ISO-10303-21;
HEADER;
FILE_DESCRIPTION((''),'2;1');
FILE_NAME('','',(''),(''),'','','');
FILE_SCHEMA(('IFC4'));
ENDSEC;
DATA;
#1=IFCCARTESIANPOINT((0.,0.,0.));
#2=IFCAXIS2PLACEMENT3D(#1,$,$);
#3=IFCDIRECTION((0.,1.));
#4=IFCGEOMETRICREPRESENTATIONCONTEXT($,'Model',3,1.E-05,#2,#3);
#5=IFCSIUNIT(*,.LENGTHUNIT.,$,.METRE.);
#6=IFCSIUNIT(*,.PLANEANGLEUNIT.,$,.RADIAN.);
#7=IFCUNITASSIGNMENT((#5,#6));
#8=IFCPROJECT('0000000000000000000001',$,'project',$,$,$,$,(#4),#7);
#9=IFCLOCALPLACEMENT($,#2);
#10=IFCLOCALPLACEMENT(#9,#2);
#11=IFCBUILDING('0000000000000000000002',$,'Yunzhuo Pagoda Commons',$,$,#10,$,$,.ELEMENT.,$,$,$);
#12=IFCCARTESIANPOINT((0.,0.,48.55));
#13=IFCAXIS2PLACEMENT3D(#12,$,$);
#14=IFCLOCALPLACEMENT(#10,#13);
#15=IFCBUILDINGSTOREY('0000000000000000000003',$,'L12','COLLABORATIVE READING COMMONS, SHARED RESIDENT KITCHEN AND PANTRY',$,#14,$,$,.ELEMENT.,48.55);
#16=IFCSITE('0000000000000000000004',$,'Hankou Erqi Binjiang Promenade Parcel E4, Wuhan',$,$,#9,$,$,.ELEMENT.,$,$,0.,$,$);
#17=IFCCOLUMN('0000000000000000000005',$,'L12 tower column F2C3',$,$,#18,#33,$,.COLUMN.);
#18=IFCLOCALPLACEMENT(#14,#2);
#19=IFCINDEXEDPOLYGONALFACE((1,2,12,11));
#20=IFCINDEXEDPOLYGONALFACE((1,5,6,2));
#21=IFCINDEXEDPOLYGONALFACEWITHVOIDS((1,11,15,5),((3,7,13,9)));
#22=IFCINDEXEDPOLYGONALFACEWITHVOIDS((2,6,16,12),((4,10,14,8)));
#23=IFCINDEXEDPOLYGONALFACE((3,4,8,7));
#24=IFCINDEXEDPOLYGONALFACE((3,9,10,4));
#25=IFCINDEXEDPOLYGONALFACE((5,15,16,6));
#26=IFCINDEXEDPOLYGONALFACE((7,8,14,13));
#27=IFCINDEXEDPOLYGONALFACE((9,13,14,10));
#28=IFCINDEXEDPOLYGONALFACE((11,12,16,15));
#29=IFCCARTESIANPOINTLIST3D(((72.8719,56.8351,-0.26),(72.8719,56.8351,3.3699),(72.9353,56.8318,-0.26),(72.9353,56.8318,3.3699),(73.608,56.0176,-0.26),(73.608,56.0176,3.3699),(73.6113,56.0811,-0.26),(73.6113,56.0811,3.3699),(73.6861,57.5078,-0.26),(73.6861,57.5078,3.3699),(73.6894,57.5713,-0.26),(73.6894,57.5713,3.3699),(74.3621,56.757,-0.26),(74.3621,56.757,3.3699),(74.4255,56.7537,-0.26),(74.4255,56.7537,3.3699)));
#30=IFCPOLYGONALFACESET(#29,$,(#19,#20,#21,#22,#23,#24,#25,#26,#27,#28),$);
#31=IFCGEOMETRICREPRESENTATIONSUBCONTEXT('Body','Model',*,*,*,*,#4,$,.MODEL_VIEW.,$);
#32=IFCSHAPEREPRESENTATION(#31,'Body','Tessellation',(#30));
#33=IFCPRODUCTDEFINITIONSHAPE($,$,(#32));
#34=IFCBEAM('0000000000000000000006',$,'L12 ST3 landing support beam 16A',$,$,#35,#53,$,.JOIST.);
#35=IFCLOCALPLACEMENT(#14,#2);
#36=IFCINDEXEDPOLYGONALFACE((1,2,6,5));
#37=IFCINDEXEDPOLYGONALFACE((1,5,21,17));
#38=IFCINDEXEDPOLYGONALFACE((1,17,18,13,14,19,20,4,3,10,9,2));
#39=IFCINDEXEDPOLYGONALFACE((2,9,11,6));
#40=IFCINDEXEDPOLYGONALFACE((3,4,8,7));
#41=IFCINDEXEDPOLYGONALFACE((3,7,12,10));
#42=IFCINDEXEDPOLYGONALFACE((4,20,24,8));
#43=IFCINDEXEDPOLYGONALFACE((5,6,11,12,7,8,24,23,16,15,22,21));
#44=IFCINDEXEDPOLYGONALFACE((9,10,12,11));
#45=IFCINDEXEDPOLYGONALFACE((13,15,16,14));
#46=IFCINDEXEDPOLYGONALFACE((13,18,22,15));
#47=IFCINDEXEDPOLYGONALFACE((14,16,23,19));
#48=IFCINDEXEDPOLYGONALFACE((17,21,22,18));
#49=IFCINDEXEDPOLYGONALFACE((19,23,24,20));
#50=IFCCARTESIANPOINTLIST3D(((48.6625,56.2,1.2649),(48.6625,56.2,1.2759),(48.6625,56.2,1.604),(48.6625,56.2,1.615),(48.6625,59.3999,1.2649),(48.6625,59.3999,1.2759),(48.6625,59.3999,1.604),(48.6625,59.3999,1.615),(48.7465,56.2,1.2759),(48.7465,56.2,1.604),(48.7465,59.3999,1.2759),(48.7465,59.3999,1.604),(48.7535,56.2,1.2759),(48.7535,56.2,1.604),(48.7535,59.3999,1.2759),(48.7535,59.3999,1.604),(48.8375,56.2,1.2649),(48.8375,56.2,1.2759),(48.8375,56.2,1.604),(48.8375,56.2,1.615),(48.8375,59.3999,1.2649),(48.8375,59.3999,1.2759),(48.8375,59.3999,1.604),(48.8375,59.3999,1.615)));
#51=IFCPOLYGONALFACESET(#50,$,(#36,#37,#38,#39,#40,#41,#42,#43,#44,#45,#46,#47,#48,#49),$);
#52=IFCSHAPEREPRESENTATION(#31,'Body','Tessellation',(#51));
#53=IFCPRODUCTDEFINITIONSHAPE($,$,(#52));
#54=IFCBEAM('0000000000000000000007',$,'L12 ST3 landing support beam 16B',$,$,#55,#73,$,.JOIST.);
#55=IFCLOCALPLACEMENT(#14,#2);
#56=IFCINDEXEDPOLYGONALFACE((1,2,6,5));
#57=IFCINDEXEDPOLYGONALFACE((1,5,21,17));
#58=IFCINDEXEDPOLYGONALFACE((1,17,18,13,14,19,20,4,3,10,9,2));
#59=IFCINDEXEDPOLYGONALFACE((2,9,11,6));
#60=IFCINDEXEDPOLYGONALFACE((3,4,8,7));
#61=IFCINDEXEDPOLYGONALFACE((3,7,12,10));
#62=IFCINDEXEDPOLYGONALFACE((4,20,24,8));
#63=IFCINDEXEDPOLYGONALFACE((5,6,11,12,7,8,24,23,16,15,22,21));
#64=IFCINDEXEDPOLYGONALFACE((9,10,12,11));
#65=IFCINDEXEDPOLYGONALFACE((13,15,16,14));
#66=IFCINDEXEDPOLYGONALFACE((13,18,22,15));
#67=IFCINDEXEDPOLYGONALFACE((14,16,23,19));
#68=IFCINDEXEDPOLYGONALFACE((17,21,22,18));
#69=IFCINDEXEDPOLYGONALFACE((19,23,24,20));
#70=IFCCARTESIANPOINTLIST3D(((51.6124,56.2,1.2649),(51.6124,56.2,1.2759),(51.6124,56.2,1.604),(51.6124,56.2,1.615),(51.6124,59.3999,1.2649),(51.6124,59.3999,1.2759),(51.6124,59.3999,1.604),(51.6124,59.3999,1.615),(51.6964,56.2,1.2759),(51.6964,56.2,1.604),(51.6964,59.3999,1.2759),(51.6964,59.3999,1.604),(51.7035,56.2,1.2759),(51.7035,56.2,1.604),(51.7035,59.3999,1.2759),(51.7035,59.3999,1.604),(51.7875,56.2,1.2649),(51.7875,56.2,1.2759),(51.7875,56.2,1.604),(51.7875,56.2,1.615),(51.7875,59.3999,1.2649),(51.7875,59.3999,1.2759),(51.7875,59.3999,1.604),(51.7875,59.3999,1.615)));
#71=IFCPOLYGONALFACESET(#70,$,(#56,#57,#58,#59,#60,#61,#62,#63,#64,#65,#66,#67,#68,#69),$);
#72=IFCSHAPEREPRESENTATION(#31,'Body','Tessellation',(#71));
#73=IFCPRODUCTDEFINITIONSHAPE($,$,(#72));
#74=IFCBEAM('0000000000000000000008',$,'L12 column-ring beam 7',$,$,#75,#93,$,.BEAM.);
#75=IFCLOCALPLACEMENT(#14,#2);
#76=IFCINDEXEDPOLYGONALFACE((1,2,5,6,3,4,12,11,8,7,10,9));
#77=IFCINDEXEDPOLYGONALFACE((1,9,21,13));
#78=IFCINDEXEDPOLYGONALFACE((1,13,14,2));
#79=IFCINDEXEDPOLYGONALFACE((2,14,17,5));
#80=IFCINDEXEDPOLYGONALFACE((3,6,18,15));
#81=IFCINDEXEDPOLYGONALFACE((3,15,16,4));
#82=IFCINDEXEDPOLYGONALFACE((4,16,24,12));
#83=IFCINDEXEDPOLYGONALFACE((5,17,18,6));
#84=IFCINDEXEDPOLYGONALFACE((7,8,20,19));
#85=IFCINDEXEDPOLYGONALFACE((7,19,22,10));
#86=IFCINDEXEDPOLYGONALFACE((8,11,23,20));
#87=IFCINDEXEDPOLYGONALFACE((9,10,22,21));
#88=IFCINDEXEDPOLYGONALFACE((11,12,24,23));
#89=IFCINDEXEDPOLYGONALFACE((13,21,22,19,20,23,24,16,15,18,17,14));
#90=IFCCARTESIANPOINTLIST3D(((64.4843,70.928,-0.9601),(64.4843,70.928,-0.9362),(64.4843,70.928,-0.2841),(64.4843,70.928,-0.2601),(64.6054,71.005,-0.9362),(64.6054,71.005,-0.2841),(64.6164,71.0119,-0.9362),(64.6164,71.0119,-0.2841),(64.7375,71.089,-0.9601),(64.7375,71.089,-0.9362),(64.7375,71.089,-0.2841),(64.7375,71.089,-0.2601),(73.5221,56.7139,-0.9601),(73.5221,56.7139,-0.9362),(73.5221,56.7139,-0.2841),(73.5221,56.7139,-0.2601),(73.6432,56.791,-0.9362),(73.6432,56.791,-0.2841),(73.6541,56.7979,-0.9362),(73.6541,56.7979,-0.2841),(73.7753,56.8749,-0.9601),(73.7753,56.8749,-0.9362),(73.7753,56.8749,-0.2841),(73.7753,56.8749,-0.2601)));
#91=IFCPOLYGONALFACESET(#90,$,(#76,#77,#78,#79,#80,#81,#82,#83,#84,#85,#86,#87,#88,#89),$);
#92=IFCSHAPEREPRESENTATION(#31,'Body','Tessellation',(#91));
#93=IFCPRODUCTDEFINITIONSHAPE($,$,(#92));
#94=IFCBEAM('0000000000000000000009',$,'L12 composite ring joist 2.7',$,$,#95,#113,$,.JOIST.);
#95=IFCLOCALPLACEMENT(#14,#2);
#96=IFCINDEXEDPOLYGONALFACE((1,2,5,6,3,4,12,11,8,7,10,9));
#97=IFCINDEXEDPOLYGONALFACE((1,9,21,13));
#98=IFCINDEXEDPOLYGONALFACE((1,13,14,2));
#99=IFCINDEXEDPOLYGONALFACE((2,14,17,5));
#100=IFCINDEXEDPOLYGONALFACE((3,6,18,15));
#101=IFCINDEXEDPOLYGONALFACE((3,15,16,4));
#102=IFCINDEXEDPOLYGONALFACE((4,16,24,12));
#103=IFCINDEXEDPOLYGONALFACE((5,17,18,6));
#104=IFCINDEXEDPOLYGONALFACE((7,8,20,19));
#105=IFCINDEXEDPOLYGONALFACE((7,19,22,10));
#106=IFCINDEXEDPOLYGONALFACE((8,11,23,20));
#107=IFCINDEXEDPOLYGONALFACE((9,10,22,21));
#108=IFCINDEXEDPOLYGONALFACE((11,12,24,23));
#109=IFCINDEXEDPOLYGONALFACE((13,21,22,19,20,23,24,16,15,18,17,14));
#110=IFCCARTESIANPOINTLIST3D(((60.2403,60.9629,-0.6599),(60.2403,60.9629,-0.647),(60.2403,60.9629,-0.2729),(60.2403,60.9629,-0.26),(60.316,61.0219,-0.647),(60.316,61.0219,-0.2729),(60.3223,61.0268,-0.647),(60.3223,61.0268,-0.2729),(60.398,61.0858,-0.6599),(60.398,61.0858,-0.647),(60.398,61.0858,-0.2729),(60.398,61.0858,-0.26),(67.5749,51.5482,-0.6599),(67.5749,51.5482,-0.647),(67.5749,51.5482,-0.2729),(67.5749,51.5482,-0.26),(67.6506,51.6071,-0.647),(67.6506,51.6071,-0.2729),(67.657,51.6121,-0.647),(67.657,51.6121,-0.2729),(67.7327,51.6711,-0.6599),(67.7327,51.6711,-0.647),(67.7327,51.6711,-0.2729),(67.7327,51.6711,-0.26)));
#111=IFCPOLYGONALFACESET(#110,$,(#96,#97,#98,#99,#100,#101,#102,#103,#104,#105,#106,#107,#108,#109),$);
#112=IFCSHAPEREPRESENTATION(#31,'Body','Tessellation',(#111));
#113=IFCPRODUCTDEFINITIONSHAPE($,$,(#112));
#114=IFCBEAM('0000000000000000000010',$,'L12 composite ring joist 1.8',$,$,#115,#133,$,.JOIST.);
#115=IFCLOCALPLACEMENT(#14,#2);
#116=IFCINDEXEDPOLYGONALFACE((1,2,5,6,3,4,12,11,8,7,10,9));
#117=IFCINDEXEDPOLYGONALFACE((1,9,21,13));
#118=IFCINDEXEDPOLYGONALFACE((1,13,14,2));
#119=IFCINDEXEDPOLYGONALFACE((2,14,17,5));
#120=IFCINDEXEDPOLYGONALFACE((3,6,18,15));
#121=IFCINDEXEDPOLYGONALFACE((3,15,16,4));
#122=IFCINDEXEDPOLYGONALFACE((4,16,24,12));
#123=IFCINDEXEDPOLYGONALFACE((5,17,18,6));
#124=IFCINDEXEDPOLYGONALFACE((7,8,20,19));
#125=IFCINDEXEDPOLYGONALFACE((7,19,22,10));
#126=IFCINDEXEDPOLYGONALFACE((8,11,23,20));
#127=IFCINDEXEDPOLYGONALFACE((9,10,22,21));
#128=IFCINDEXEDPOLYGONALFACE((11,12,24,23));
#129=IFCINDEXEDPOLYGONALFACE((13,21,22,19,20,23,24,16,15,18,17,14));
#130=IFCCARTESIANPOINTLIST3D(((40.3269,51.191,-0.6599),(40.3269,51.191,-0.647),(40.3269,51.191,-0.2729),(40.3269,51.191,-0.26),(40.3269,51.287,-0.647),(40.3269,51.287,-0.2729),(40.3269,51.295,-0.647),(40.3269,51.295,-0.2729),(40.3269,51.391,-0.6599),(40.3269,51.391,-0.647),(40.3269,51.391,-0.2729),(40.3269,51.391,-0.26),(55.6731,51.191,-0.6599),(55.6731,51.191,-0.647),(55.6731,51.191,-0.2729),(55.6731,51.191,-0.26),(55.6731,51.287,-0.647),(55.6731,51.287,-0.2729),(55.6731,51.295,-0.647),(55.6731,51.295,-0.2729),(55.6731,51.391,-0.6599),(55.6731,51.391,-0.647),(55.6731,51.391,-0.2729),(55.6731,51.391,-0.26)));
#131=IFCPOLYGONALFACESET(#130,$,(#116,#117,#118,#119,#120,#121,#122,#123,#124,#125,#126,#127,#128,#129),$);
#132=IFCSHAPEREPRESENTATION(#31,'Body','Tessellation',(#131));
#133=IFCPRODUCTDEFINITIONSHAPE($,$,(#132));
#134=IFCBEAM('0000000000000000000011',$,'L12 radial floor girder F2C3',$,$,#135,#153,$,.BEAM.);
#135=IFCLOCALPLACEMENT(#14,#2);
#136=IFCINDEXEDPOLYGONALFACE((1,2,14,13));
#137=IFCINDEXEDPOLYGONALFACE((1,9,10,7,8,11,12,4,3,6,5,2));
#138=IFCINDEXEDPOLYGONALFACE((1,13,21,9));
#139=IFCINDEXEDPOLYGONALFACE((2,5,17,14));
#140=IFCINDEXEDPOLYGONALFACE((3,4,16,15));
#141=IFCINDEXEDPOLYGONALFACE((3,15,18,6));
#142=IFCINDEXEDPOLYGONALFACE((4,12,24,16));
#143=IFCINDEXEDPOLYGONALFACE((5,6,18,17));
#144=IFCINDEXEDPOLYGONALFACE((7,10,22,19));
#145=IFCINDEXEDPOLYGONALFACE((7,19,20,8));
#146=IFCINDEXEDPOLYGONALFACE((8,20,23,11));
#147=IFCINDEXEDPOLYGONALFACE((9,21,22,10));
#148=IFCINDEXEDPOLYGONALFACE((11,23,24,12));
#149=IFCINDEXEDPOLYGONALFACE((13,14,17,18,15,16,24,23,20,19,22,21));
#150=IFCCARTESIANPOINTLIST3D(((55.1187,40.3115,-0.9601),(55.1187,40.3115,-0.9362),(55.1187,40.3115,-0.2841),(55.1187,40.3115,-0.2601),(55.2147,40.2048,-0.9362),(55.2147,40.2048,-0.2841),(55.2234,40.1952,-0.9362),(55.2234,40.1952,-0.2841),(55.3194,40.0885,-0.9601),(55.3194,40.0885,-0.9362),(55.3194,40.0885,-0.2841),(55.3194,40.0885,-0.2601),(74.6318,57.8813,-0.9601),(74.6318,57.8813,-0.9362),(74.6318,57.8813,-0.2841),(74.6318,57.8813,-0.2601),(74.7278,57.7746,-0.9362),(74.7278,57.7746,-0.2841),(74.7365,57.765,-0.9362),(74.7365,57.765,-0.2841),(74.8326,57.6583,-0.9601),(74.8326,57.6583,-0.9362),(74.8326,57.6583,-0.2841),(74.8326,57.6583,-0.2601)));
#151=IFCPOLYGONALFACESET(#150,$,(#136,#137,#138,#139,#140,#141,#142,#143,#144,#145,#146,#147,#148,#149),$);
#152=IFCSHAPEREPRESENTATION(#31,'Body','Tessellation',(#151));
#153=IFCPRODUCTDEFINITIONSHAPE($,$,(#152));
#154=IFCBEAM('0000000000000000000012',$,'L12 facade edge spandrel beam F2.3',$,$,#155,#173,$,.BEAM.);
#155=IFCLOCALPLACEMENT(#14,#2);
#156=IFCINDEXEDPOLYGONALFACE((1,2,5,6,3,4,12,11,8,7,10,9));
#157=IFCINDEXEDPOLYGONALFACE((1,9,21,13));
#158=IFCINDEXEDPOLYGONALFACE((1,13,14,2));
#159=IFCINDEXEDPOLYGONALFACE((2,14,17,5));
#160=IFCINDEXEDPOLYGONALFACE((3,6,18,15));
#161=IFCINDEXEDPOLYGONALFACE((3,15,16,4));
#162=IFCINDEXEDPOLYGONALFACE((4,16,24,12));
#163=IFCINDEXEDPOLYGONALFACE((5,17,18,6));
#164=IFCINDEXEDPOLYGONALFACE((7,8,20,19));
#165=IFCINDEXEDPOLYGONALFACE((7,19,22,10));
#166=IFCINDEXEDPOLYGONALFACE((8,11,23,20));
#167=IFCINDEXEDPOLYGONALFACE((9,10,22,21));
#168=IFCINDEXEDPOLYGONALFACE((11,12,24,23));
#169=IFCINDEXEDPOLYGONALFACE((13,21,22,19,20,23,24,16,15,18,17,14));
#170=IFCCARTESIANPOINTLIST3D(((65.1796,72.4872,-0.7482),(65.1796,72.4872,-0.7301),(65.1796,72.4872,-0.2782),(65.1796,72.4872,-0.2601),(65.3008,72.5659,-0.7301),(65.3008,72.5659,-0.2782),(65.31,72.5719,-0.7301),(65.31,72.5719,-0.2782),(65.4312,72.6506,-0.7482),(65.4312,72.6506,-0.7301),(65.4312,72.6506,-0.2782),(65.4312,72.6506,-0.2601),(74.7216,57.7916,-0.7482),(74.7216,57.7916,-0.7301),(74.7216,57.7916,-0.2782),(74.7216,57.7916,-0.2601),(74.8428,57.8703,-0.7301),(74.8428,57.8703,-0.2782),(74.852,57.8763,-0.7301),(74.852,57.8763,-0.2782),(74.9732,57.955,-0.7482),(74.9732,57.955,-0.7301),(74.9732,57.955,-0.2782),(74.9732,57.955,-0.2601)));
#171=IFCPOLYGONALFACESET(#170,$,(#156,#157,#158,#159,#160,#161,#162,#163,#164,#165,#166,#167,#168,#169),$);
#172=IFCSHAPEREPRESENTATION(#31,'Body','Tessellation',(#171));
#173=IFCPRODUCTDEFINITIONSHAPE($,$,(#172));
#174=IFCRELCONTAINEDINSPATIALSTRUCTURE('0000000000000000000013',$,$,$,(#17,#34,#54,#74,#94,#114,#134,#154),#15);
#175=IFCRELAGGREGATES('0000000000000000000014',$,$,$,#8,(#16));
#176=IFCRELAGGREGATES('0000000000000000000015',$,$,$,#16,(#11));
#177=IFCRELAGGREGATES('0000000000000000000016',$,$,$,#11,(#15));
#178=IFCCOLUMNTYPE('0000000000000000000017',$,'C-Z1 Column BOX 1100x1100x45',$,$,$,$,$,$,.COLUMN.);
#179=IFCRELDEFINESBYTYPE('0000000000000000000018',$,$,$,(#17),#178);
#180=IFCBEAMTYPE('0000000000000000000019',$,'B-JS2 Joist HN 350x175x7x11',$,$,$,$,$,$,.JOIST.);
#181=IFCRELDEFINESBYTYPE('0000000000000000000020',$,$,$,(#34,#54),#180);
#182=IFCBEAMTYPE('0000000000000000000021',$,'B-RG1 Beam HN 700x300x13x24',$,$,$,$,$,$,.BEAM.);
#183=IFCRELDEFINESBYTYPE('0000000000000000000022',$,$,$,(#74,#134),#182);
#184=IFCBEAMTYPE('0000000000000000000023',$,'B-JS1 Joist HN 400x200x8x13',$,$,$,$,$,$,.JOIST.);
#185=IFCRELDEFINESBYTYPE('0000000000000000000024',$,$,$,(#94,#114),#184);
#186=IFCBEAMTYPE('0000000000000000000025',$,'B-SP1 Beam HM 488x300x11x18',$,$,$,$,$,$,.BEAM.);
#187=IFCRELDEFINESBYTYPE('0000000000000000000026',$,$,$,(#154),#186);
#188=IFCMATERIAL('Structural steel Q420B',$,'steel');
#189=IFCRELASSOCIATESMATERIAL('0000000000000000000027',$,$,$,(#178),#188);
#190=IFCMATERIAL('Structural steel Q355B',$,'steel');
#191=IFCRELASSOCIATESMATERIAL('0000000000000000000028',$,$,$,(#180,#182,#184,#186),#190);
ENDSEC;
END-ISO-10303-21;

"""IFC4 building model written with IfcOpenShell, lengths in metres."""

from ifc_helpers import new_model, si_unit, direction, frame, origin, origin_2d, place, context, subcontext, project, spatial, hollow_rectangle, i_section, extrude, source, transform, mapped, material, material_profile, profile_set, type_object, element, save


model = new_model("IFC4")

# Units and contexts
model_context = context("Model", 3, precision=1e-05, world=origin(), true_north=direction((0.0, 1.0)))
body_context = subcontext(model_context, "Body", "Model", "MODEL_VIEW")
ifc_project = project(units=[si_unit("LENGTHUNIT", "METRE"), si_unit("PLANEANGLEUNIT", "RADIAN")], contexts=[model_context])

# Site, building, storey
site_placement = place(None, origin())
site = spatial("IfcSite", under=ifc_project, at=site_placement, Name="Hankou Erqi Binjiang Promenade Parcel E4, Wuhan", CompositionType="ELEMENT", RefElevation=0.0)
building_placement = place(site_placement, origin())
building = spatial("IfcBuilding", under=site, at=building_placement, Name="Yunzhuo Pagoda Commons", CompositionType="ELEMENT")
storey_placement = place(building_placement, frame((0.0, 0.0, 48.55)))
storey = spatial("IfcBuildingStorey", under=building, at=storey_placement, Name="L12", Description="COLLABORATIVE READING COMMONS, SHARED RESIDENT KITCHEN AND PANTRY", CompositionType="ELEMENT", Elevation=48.55)

# Column
ifc_material_1 = material(Name="Structural steel Q420B", Category="steel")
ifc_material_profile_1 = material_profile(ifc_material_1, hollow_rectangle(XDim=1.1001, YDim=1.1001, WallThickness=0.0449, at=origin_2d()), Name="Structural steel Q420B")
ifc_profile_set_1 = profile_set([ifc_material_profile_1], Name="Structural steel Q420B")
column_type = type_object("IfcColumnType", Name="C-Z1 Column BOX 1100x1100x45", PredefinedType="COLUMN", material=ifc_profile_set_1)
shared_shape_1 = source(origin(), body_context, "Body", "SweptSolid", [
    extrude(hollow_rectangle(XDim=1.1001, YDim=1.1001, WallThickness=0.0449, at=origin_2d()), origin(), (0.0, 0.0, 1.0), 3.6299),
])
column_placement = place(storey_placement, frame((73.6487, 56.7944, -0.26), z_axis=(0.0, 0.0, 1.0), x_axis=(-0.669131, 0.743145, 0.0)))
element("IfcColumn", 1, at=column_placement, inside=storey, type_object=column_type, Name="L12 tower column F2C3", PredefinedType="COLUMN", context=body_context, shape_type="MappedRepresentation", body=[
    mapped(shared_shape_1, transform((0.0, 0.0, 0.0), scale=1.0)),
])

# Beams
ifc_material_2 = material(Name="Structural steel Q355B", Category="steel")
ifc_material_profile_2 = material_profile(ifc_material_2, i_section(OverallWidth=0.175, OverallDepth=0.3501, WebThickness=0.0071, FlangeThickness=0.011, at=origin_2d()), Name="Structural steel Q355B")
ifc_profile_set_2 = profile_set([ifc_material_profile_2], Name="Structural steel Q355B")
beam_type_1 = type_object("IfcBeamType", Name="B-JS2 Joist HN 350x175x7x11", PredefinedType="JOIST", material=ifc_profile_set_2)
shared_shape_2 = source(origin(), body_context, "Body", "SweptSolid", [
    extrude(i_section(OverallWidth=0.175, OverallDepth=0.3501, WebThickness=0.0071, FlangeThickness=0.011, at=origin_2d()), origin(), (0.0, 0.0, 1.0), 3.2),
])
for number, where, z_axis, x_axis, name in (
    (2, (48.75, 56.2, 1.4399), (0.0, 1.0, 0.0), (-1.0, 0.0, 0.0), "L12 ST3 landing support beam 16A"),
    (3, (51.7, 56.2, 1.4399), (0.0, 1.0, 0.0), (-1.0, 0.0, 0.0), "L12 ST3 landing support beam 16B"),
):
    element("IfcBeam", number, at=place(storey_placement, frame(where, z_axis=z_axis, x_axis=x_axis)), inside=storey, type_object=beam_type_1, Name=name, PredefinedType="JOIST", context=body_context, shape_type="MappedRepresentation", body=[
        mapped(shared_shape_2, transform((0.0, 0.0, 0.0), scale=1.0)),
    ])
ifc_material_profile_3 = material_profile(ifc_material_2, i_section(OverallWidth=0.3, OverallDepth=0.7, WebThickness=0.0129, FlangeThickness=0.0239, at=origin_2d()), Name="Structural steel Q355B")
ifc_profile_set_3 = profile_set([ifc_material_profile_3], Name="Structural steel Q355B")
beam_type_2 = type_object("IfcBeamType", Name="B-RG1 Beam HN 700x300x13x24", PredefinedType="BEAM", material=ifc_profile_set_3)
shared_shape_3 = source(origin(), body_context, "Body", "SweptSolid", [
    extrude(i_section(OverallWidth=0.3, OverallDepth=0.7, WebThickness=0.0129, FlangeThickness=0.0239, at=origin_2d()), origin(), (0.0, 0.0, 1.0), 16.844),
])
beam_1_placement = place(storey_placement, frame((73.6487, 56.7944, -0.6101), z_axis=(-0.536558, 0.843863, 0.0), x_axis=(-0.843863, -0.536558, 0.0)))
element("IfcBeam", 4, at=beam_1_placement, inside=storey, type_object=beam_type_2, Name="L12 column-ring beam 7", PredefinedType="BEAM", context=body_context, shape_type="MappedRepresentation", body=[
    mapped(shared_shape_3, transform((0.0, 0.0, 0.0), scale=1.0)),
])
ifc_material_profile_4 = material_profile(ifc_material_2, i_section(OverallWidth=0.2, OverallDepth=0.3999, WebThickness=0.0081, FlangeThickness=0.0129, at=origin_2d()), Name="Structural steel Q355B")
ifc_profile_set_4 = profile_set([ifc_material_profile_4], Name="Structural steel Q355B")
beam_type_3 = type_object("IfcBeamType", Name="B-JS1 Joist HN 400x200x8x13", PredefinedType="JOIST", material=ifc_profile_set_4)
shared_shape_4 = source(origin(), body_context, "Body", "SweptSolid", [
    extrude(i_section(OverallWidth=0.2, OverallDepth=0.3999, WebThickness=0.0081, FlangeThickness=0.0129, at=origin_2d()), origin(), (0.0, 0.0, 1.0), 11.9346),
])
beam_2_placement = place(storey_placement, frame((67.6538, 51.6096, -0.46), z_axis=(-0.614572, 0.788861, 0.0), x_axis=(-0.788861, -0.614572, 0.0)))
element("IfcBeam", 5, at=beam_2_placement, inside=storey, type_object=beam_type_3, Name="L12 composite ring joist 2.7", PredefinedType="JOIST", context=body_context, shape_type="MappedRepresentation", body=[
    mapped(shared_shape_4, transform((0.0, 0.0, 0.0), scale=1.0)),
])
shared_shape_5 = source(origin(), body_context, "Body", "SweptSolid", [
    extrude(i_section(OverallWidth=0.2, OverallDepth=0.3999, WebThickness=0.0081, FlangeThickness=0.0129, at=origin_2d()), origin(), (0.0, 0.0, 1.0), 15.3462),
])
beam_3_placement = place(storey_placement, frame((55.6731, 51.291, -0.46), z_axis=(-1.0, 0.0, 0.0), x_axis=(0.0, -1.0, 0.0)))
element("IfcBeam", 6, at=beam_3_placement, inside=storey, type_object=beam_type_3, Name="L12 composite ring joist 1.8", PredefinedType="JOIST", context=body_context, shape_type="MappedRepresentation", body=[
    mapped(shared_shape_5, transform((0.0, 0.0, 0.0), scale=1.0)),
])
shared_shape_6 = source(origin(), body_context, "Body", "SweptSolid", [
    extrude(i_section(OverallWidth=0.3, OverallDepth=0.7, WebThickness=0.0129, FlangeThickness=0.0239, at=origin_2d()), origin(), (0.0, 0.0, 1.0), 26.2576),
])
beam_4_placement = place(storey_placement, frame((74.7322, 57.7698, -0.6101), z_axis=(-0.743143, -0.669132, 0.0), x_axis=(0.669132, -0.743143, 0.0)))
element("IfcBeam", 7, at=beam_4_placement, inside=storey, type_object=beam_type_2, Name="L12 radial floor girder F2C3", PredefinedType="BEAM", context=body_context, shape_type="MappedRepresentation", body=[
    mapped(shared_shape_6, transform((0.0, 0.0, 0.0), scale=1.0)),
])
ifc_material_profile_5 = material_profile(ifc_material_2, i_section(OverallWidth=0.3, OverallDepth=0.488, WebThickness=0.011, FlangeThickness=0.0181, at=origin_2d()), Name="Structural steel Q355B")
ifc_profile_set_5 = profile_set([ifc_material_profile_5], Name="Structural steel Q355B")
beam_type_4 = type_object("IfcBeamType", Name="B-SP1 Beam HM 488x300x11x18", PredefinedType="BEAM", material=ifc_profile_set_5)
shared_shape_7 = source(origin(), body_context, "Body", "SweptSolid", [
    extrude(i_section(OverallWidth=0.3, OverallDepth=0.488, WebThickness=0.011, FlangeThickness=0.0181, at=origin_2d()), origin(), (0.0, 0.0, 1.0), 17.5217),
])
beam_5_placement = place(storey_placement, frame((74.8474, 57.8733, -0.5042), z_axis=(-0.544582, 0.838707, 0.0), x_axis=(-0.838707, -0.544582, 0.0)))
element("IfcBeam", 8, at=beam_5_placement, inside=storey, type_object=beam_type_4, Name="L12 facade edge spandrel beam F2.3", PredefinedType="BEAM", context=body_context, shape_type="MappedRepresentation", body=[
    mapped(shared_shape_7, transform((0.0, 0.0, 0.0), scale=1.0)),
])

save(model, "model.ifc")
